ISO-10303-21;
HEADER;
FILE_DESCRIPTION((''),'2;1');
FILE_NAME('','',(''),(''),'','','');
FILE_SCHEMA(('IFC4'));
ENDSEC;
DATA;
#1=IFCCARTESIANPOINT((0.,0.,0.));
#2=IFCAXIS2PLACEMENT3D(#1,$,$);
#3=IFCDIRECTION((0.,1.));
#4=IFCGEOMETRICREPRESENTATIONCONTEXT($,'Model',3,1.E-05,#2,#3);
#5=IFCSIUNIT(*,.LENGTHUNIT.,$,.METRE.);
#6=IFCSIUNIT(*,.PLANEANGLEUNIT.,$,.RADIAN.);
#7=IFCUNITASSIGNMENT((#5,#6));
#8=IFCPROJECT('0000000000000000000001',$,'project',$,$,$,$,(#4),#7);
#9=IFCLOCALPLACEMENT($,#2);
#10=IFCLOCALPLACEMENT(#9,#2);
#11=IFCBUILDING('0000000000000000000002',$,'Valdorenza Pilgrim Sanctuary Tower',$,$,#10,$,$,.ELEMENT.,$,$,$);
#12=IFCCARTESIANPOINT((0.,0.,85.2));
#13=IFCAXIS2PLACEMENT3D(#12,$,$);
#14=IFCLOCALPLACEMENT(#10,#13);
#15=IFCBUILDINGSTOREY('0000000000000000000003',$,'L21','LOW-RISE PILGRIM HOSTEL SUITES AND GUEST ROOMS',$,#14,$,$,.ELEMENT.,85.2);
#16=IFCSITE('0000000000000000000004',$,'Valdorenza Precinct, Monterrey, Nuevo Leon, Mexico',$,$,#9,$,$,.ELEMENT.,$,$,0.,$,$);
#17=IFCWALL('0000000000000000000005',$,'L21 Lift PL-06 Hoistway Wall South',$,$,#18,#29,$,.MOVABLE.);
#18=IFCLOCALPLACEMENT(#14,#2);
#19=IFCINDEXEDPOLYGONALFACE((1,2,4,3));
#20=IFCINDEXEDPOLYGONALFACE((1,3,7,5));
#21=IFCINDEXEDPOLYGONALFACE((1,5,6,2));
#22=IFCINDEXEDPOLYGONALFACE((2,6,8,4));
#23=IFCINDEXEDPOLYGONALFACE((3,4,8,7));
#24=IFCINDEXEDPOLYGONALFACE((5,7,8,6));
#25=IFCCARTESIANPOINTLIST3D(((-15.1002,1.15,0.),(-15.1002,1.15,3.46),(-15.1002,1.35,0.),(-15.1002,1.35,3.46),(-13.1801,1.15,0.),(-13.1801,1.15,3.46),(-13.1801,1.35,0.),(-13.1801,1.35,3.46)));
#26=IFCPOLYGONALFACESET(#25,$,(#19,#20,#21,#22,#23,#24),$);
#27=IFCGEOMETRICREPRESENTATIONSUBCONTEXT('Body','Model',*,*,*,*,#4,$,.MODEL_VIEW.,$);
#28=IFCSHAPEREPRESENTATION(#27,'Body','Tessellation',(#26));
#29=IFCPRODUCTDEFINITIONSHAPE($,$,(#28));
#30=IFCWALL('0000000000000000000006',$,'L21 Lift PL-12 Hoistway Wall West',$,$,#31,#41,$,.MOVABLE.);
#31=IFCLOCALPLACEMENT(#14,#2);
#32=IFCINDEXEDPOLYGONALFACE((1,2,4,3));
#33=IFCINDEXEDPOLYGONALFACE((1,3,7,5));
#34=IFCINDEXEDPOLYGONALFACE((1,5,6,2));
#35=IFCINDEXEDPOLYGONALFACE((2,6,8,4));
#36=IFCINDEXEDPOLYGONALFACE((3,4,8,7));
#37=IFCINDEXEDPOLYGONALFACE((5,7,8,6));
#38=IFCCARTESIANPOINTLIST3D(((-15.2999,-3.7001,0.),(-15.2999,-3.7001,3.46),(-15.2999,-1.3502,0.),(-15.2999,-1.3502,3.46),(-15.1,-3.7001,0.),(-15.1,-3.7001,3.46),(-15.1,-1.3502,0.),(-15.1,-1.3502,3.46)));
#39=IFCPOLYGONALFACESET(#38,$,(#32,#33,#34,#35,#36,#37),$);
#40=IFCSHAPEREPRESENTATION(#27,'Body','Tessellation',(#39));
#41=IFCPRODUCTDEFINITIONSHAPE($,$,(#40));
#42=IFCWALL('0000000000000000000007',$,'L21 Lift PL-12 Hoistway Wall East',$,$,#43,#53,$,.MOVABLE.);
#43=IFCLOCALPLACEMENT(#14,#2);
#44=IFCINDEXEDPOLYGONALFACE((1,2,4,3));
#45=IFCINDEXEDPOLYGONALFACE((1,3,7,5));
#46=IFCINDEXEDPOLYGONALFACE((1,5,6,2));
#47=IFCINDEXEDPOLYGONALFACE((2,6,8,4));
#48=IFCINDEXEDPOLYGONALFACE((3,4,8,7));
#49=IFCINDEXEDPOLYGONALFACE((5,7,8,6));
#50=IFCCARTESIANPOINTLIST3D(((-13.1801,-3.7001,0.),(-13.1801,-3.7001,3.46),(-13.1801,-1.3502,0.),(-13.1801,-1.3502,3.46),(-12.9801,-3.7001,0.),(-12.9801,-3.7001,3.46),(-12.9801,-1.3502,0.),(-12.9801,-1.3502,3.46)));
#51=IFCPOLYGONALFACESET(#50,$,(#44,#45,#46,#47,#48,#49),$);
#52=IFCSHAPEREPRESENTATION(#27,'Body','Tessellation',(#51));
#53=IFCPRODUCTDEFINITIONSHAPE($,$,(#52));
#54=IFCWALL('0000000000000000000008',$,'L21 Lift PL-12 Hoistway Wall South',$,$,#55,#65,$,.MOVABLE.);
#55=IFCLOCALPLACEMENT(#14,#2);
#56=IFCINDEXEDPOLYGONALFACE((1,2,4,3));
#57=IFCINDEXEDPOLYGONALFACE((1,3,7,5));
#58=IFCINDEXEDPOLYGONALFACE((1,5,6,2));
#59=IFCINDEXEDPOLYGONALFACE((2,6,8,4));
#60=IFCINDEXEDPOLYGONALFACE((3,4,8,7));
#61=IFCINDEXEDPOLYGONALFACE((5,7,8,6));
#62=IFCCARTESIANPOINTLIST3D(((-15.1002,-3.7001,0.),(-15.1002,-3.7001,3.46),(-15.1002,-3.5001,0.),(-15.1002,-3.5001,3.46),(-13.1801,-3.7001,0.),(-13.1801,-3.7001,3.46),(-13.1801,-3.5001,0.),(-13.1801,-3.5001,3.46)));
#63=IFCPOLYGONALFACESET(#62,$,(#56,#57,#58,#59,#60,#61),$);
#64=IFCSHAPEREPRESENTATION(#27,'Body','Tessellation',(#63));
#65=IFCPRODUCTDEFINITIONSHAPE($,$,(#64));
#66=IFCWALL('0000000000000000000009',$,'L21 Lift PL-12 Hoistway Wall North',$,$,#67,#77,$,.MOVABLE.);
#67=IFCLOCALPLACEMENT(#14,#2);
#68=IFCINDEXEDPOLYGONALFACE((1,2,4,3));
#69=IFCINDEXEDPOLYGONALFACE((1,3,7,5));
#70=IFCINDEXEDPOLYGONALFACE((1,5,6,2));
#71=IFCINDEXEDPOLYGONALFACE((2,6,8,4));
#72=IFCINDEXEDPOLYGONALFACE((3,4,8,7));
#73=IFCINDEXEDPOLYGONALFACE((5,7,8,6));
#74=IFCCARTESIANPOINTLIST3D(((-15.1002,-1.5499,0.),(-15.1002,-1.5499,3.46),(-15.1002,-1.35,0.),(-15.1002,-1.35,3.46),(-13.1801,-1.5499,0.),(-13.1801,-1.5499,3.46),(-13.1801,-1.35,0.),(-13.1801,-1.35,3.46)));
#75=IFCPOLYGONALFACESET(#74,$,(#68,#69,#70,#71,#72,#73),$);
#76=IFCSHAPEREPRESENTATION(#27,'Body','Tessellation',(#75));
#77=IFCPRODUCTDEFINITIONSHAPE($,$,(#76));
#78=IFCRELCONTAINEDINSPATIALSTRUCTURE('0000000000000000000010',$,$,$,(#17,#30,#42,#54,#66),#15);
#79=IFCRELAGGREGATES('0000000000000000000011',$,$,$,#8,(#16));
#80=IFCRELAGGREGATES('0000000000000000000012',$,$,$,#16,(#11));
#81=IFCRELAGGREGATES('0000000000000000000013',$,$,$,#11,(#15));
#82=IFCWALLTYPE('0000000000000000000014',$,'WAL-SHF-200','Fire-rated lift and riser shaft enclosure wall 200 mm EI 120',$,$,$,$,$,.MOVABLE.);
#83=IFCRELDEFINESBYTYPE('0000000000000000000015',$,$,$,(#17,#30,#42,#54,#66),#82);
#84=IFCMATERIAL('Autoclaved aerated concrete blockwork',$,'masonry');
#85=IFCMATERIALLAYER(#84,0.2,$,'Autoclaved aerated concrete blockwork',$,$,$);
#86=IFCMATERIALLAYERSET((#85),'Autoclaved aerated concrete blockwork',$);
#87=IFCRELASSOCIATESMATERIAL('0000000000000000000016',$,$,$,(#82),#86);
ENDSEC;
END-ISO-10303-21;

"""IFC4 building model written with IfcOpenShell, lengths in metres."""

from ifc_helpers import new_model, si_unit, direction, frame, frame_2d, origin, place, context, subcontext, project, spatial, rectangle, extrude, material, layer, layer_set, type_object, element, save


model = new_model("IFC4")

# Units and contexts
model_context = context("Model", 3, precision=1e-05, world=origin(), true_north=direction((0.0, 1.0)))
body_context = subcontext(model_context, "Body", "Model", "MODEL_VIEW")
ifc_project = project(units=[si_unit("LENGTHUNIT", "METRE"), si_unit("PLANEANGLEUNIT", "RADIAN")], contexts=[model_context])

# Site, building, storey
site_placement = place(None, origin())
site = spatial("IfcSite", under=ifc_project, at=site_placement, Name="Valdorenza Precinct, Monterrey, Nuevo Leon, Mexico", CompositionType="ELEMENT", RefElevation=0.0)
building_placement = place(site_placement, origin())
building = spatial("IfcBuilding", under=site, at=building_placement, Name="Valdorenza Pilgrim Sanctuary Tower", CompositionType="ELEMENT")
storey_placement = place(building_placement, frame((0.0, 0.0, 85.2)))
storey = spatial("IfcBuildingStorey", under=building, at=storey_placement, Name="L21", Description="LOW-RISE PILGRIM HOSTEL SUITES AND GUEST ROOMS", CompositionType="ELEMENT", Elevation=85.2)

# Shared definitions
ifc_material_1 = material(Name="Autoclaved aerated concrete blockwork", Category="masonry")
ifc_layer_1 = layer(ifc_material_1, 0.2, Name="Autoclaved aerated concrete blockwork")
ifc_layer_set_1 = layer_set([ifc_layer_1], Name="Autoclaved aerated concrete blockwork")
wall_type_1 = type_object("IfcWallType", Name="WAL-SHF-200", Description="Fire-rated lift and riser shaft enclosure wall 200 mm EI 120", PredefinedType="MOVABLE", material=ifc_layer_set_1)

# Walls
wall_1_placement = place(storey_placement, frame((-15.1001, 1.25, 0.0), z_axis=(0.0, 0.0, 1.0), x_axis=(1.0, 0.0, 0.0)))
element("IfcWall", 1, at=wall_1_placement, inside=storey, type_object=wall_type_1, Name="L21 Lift PL-06 Hoistway Wall South", PredefinedType="MOVABLE", context=body_context, shape_type="SweptSolid", body=[
    extrude(rectangle(XDim=1.9202, YDim=0.2, at=frame_2d((0.96, 0.0))), origin(), (0.0, 0.0, 1.0), 3.46),
])
for number, where, z_axis, x_axis, name in (
    (2, (-15.2, -3.7, 0.0), (0.0, 0.0, 1.0), (0.0, 1.0, 0.0), "L21 Lift PL-12 Hoistway Wall West"),
    (3, (-13.0801, -3.7, 0.0), (0.0, 0.0, 1.0), (0.0, 1.0, 0.0), "L21 Lift PL-12 Hoistway Wall East"),
):
    element("IfcWall", number, at=place(storey_placement, frame(where, z_axis=z_axis, x_axis=x_axis)), inside=storey, type_object=wall_type_1, Name=name, PredefinedType="MOVABLE", context=body_context, shape_type="SweptSolid", body=[
        extrude(rectangle(XDim=2.3499, YDim=0.2, at=frame_2d((1.1748, 0.0))), origin(), (0.0, 0.0, 1.0), 3.46),
    ])
for number, where, z_axis, x_axis, name in (
    (4, (-15.1001, -3.6001, 0.0), (0.0, 0.0, 1.0), (1.0, 0.0, 0.0), "L21 Lift PL-12 Hoistway Wall South"),
    (5, (-15.1001, -1.45, 0.0), (0.0, 0.0, 1.0), (1.0, 0.0, 0.0), "L21 Lift PL-12 Hoistway Wall North"),
):
    element("IfcWall", number, at=place(storey_placement, frame(where, z_axis=z_axis, x_axis=x_axis)), inside=storey, type_object=wall_type_1, Name=name, PredefinedType="MOVABLE", context=body_context, shape_type="SweptSolid", body=[
        extrude(rectangle(XDim=1.9202, YDim=0.2, at=frame_2d((0.96, 0.0))), origin(), (0.0, 0.0, 1.0), 3.46),
    ])

save(model, "model.ifc")
